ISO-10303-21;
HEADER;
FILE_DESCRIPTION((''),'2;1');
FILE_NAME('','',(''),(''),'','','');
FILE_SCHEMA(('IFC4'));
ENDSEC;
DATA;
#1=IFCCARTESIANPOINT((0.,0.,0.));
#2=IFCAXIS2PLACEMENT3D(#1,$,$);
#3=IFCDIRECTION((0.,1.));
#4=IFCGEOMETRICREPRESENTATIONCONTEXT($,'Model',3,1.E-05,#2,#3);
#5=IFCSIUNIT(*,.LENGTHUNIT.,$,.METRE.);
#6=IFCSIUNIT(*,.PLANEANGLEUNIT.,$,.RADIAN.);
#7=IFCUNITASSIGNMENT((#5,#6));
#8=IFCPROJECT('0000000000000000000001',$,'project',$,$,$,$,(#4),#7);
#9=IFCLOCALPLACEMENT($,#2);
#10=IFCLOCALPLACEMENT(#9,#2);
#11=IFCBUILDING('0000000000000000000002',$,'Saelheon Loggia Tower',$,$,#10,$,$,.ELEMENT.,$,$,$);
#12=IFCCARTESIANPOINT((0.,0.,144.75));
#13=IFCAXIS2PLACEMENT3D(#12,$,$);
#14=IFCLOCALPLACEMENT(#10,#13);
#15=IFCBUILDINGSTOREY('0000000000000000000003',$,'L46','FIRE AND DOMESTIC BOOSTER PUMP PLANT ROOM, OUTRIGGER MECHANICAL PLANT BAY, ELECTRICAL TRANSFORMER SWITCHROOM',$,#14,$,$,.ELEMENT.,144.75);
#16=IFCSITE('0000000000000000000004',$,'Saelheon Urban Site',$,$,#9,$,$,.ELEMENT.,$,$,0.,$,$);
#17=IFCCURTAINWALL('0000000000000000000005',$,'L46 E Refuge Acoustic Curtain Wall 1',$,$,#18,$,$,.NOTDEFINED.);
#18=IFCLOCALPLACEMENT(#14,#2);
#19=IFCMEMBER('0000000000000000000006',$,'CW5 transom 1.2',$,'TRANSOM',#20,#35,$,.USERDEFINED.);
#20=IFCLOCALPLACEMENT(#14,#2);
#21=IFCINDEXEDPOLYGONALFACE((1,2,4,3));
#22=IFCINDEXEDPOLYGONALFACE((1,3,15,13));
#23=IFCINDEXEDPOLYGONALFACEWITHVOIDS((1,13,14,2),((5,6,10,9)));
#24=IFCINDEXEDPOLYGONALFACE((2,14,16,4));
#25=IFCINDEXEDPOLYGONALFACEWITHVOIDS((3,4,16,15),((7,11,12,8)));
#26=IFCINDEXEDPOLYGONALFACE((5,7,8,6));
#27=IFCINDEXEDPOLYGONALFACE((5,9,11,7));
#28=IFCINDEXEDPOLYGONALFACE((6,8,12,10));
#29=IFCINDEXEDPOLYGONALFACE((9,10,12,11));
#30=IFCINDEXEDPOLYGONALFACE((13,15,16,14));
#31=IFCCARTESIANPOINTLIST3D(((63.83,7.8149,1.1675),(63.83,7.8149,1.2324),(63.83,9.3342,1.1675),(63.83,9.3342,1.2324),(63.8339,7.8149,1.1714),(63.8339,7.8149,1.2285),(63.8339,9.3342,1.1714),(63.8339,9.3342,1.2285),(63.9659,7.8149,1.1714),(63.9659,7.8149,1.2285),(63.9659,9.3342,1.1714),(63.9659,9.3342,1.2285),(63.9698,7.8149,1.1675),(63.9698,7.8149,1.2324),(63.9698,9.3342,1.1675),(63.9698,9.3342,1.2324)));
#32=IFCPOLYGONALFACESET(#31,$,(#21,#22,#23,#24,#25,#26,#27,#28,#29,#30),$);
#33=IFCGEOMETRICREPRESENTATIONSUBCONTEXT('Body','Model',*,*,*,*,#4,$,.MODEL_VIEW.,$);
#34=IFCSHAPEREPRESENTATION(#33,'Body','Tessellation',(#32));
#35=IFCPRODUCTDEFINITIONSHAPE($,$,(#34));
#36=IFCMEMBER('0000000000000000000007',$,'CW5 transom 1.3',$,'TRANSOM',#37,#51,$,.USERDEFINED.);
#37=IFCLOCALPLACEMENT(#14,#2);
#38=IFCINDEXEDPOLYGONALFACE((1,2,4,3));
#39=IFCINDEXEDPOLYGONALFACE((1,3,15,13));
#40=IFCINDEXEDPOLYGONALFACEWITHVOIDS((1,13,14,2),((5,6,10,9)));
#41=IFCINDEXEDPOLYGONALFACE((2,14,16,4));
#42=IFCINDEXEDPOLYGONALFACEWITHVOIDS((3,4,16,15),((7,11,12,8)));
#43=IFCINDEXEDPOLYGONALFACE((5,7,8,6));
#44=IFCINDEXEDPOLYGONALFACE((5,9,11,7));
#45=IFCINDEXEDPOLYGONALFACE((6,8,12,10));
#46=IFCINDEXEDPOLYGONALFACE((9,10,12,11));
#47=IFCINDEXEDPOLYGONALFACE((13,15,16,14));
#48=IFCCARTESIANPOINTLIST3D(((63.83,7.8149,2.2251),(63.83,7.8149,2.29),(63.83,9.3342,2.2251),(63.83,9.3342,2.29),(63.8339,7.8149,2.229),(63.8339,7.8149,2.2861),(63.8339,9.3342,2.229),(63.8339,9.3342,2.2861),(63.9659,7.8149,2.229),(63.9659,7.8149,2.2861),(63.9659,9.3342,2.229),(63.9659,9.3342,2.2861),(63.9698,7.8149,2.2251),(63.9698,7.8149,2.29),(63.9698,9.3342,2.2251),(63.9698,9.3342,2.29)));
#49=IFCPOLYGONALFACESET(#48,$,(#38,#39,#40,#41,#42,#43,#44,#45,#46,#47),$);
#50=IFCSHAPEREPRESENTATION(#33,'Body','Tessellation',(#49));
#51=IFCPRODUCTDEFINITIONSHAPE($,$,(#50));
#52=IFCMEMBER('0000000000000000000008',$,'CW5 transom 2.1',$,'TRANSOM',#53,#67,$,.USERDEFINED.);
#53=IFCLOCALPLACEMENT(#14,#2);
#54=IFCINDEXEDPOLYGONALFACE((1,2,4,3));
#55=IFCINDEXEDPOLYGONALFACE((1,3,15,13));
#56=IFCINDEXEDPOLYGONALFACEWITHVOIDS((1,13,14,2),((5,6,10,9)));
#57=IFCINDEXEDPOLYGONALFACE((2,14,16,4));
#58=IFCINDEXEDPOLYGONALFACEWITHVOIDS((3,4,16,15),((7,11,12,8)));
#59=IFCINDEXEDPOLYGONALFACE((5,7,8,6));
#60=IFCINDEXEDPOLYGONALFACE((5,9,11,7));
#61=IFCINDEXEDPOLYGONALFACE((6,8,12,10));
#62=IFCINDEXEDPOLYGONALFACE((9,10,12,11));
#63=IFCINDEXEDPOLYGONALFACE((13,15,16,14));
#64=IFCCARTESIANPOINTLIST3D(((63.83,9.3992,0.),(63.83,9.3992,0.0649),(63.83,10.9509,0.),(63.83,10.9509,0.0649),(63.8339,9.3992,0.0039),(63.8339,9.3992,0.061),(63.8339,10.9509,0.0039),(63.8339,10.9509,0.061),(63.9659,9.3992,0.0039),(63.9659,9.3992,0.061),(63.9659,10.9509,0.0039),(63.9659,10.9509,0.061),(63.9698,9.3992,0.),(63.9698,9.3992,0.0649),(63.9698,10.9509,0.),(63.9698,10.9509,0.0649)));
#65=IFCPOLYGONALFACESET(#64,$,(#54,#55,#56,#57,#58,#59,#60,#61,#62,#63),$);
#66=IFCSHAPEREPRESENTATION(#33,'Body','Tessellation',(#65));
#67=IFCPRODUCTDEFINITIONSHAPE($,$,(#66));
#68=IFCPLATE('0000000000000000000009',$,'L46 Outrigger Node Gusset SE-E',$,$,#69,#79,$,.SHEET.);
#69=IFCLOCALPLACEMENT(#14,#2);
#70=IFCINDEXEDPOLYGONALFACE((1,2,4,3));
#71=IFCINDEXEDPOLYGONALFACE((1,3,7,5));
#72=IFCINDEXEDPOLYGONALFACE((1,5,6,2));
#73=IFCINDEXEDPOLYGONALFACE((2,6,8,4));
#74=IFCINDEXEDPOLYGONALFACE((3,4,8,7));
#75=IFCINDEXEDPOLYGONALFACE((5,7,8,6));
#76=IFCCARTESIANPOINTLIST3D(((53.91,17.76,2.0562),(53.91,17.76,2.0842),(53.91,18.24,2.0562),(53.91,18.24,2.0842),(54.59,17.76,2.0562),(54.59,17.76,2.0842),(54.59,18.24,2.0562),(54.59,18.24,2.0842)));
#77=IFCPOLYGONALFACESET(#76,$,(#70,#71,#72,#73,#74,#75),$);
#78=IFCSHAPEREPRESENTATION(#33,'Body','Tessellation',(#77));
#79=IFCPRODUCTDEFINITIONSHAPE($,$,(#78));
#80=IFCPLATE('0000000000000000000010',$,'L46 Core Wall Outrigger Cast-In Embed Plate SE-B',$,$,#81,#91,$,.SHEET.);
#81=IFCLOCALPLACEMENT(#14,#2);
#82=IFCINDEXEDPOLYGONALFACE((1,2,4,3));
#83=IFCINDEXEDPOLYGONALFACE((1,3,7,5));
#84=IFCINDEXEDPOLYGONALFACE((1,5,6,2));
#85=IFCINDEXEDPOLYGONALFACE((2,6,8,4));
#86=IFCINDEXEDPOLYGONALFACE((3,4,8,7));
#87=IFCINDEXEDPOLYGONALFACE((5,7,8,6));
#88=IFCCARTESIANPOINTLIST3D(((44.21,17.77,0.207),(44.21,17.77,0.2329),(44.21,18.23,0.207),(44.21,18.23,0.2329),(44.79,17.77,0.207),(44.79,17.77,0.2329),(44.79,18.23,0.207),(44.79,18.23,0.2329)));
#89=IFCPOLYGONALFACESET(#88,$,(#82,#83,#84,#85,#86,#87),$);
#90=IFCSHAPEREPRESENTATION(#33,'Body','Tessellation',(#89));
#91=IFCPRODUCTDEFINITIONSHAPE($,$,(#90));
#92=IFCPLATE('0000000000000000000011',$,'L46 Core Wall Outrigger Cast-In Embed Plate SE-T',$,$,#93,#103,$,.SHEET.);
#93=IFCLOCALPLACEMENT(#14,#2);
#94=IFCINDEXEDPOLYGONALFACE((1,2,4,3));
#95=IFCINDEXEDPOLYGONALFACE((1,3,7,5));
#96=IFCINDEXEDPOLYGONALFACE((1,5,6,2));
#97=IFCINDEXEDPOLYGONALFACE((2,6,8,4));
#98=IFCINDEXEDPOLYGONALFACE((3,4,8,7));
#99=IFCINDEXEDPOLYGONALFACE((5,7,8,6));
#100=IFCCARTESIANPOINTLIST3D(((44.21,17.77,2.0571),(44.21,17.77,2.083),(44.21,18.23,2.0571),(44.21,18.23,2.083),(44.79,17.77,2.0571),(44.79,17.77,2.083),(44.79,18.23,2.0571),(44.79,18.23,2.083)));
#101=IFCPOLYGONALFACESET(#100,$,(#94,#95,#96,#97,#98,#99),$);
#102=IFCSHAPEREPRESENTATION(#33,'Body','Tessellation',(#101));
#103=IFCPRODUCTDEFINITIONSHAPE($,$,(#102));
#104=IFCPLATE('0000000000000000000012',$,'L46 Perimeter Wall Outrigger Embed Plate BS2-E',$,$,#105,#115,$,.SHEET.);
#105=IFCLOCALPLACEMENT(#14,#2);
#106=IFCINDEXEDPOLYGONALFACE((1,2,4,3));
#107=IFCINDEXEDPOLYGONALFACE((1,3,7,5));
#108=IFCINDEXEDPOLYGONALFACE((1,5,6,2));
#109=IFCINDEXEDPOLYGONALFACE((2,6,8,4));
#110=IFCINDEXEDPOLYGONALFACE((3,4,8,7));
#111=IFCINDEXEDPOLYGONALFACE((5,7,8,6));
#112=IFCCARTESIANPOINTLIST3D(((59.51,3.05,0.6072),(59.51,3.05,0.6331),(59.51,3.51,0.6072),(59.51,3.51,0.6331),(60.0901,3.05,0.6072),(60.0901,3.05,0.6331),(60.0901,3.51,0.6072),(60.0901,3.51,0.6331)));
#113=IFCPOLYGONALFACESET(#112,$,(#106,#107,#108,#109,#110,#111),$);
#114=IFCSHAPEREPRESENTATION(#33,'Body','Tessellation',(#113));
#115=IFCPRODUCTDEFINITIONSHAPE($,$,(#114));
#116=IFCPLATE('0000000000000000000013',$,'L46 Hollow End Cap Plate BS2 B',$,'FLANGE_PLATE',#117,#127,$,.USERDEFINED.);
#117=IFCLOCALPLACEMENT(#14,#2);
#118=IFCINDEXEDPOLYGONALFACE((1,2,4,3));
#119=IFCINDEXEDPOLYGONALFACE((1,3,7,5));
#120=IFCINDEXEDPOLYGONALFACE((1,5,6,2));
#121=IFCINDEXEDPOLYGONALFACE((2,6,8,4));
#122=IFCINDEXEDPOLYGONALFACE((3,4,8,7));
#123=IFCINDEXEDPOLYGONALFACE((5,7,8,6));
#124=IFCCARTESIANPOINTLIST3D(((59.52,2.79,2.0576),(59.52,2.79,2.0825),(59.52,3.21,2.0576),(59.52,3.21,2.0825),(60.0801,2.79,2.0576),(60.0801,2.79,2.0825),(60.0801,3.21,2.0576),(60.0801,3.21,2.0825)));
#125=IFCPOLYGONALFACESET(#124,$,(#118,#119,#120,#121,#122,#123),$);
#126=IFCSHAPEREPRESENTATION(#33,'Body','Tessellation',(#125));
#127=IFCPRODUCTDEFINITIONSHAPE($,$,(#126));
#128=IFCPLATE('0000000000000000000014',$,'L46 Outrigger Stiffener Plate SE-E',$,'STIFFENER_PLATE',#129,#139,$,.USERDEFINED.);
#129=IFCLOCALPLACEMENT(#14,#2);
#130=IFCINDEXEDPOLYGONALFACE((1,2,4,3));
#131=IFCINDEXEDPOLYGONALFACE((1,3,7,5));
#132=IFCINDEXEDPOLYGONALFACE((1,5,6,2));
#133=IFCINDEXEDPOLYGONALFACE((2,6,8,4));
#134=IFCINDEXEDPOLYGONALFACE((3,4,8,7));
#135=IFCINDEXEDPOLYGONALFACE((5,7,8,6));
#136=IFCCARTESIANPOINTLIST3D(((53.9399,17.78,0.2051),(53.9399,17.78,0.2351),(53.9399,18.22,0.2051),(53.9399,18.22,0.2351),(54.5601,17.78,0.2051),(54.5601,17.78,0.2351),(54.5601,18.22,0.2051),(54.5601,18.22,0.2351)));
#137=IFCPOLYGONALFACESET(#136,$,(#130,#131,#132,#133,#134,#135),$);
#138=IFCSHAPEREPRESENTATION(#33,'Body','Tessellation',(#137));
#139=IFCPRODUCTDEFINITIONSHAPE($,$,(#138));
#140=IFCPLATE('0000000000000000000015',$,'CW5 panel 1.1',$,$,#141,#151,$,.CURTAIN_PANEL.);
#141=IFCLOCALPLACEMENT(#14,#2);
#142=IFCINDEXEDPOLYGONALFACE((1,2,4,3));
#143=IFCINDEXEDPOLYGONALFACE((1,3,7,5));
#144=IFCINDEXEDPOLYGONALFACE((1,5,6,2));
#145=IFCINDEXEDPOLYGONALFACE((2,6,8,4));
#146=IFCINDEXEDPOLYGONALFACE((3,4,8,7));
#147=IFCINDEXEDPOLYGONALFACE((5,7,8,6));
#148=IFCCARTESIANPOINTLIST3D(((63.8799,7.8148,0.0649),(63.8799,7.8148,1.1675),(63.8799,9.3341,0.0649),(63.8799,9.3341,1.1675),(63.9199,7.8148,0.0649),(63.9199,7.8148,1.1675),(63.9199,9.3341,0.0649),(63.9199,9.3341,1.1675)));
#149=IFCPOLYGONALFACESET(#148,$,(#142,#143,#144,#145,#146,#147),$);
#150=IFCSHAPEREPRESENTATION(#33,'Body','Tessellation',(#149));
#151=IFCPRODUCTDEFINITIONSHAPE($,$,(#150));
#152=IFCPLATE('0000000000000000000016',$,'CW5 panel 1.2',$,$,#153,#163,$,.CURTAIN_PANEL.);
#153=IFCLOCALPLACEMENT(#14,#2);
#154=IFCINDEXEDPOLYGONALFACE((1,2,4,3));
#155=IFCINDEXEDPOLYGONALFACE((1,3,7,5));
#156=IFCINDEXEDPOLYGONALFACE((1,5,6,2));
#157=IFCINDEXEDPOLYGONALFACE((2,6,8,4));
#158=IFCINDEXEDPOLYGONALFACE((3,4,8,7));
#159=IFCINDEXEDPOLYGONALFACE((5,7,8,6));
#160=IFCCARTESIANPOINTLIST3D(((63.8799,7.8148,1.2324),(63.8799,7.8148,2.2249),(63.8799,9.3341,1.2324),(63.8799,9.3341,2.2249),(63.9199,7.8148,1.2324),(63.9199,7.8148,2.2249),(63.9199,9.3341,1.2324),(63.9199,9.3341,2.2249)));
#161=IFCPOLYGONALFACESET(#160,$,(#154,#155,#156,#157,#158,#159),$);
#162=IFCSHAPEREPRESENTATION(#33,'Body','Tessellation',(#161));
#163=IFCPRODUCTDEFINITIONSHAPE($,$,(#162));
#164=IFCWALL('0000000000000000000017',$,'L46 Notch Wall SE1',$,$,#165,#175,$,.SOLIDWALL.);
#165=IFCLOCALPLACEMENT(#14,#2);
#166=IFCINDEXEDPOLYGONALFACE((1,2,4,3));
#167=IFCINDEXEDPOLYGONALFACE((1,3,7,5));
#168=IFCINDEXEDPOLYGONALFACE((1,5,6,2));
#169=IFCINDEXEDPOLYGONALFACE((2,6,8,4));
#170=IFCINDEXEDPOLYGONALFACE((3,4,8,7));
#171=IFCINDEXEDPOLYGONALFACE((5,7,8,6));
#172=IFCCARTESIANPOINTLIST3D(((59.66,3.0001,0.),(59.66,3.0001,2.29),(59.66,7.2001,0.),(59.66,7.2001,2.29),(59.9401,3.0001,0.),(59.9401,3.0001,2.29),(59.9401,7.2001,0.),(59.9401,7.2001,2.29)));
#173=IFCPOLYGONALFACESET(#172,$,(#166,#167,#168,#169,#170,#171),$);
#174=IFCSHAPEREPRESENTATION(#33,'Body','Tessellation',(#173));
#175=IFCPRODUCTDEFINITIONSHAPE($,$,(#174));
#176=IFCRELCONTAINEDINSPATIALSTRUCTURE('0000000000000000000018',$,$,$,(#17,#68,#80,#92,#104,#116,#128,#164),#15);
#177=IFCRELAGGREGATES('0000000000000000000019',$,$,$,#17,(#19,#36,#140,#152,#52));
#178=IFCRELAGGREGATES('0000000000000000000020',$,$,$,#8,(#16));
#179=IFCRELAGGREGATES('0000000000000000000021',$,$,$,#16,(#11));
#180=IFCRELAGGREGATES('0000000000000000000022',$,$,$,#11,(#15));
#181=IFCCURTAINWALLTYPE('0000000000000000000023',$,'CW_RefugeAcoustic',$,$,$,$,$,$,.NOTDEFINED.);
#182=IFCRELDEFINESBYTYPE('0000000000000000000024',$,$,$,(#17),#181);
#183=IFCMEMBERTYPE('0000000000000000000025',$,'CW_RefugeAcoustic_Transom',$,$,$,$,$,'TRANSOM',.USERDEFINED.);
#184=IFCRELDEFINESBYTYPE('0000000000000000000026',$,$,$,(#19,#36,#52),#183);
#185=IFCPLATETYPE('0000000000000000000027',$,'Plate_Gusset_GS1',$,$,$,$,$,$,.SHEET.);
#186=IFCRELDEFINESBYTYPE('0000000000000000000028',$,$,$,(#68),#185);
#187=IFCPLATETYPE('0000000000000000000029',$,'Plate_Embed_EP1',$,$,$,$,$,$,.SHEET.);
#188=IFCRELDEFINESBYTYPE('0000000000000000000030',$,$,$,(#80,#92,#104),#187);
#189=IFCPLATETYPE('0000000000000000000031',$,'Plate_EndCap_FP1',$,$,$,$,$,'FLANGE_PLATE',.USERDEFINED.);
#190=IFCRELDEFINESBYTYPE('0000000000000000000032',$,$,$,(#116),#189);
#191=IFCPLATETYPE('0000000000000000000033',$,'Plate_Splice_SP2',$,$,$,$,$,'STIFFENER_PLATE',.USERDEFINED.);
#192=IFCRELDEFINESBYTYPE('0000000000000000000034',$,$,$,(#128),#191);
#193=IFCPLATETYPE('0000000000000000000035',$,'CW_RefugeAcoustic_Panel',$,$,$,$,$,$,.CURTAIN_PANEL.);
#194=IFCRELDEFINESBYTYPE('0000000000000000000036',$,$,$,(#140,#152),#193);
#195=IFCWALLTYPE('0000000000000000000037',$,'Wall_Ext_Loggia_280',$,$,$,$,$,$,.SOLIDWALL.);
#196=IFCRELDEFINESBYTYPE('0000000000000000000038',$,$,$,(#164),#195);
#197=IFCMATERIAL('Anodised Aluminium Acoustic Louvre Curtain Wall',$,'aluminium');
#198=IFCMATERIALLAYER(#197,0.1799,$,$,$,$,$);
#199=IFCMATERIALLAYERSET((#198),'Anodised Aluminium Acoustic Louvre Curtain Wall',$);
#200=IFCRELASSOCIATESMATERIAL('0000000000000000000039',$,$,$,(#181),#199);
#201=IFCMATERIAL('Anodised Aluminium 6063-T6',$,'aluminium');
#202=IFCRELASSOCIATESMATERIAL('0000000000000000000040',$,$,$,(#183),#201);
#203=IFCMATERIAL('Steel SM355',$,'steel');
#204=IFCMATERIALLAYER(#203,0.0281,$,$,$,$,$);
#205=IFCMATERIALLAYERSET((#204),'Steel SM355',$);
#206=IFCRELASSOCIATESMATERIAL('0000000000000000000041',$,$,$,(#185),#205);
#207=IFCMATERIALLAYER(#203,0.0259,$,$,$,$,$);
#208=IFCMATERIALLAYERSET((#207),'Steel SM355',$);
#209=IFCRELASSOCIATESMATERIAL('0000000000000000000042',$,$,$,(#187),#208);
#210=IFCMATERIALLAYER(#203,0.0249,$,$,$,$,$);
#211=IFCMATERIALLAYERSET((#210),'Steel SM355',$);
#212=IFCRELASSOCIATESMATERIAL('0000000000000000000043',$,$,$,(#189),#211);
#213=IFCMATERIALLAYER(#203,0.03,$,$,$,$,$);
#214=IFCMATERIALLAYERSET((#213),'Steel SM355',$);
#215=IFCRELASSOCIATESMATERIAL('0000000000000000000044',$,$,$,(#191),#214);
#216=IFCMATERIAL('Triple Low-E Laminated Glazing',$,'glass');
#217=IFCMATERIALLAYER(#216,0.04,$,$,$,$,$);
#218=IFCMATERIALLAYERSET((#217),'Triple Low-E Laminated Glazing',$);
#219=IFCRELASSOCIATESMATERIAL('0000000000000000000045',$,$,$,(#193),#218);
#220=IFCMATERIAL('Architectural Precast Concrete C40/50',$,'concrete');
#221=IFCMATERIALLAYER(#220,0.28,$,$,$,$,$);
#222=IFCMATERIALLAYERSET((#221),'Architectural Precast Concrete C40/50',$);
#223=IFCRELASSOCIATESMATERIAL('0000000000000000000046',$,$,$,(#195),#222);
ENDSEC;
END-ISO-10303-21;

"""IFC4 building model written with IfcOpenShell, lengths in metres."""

from ifc_helpers import new_model, si_unit, direction, frame, frame_2d, origin, origin_2d, place, context, subcontext, project, spatial, rectangle, hollow_rectangle, extrude, source, transform, mapped, material, layer, layer_set, material_profile, profile_set, type_object, element, aggregate, save


model = new_model("IFC4")

# Units and contexts
model_context = context("Model", 3, precision=1e-05, world=origin(), true_north=direction((0.0, 1.0)))
body_context = subcontext(model_context, "Body", "Model", "MODEL_VIEW")
ifc_project = project(units=[si_unit("LENGTHUNIT", "METRE"), si_unit("PLANEANGLEUNIT", "RADIAN")], contexts=[model_context])

# Site, building, storey
site_placement = place(None, origin())
site = spatial("IfcSite", under=ifc_project, at=site_placement, Name="Saelheon Urban Site", CompositionType="ELEMENT", RefElevation=0.0)
building_placement = place(site_placement, origin())
building = spatial("IfcBuilding", under=site, at=building_placement, Name="Saelheon Loggia Tower", CompositionType="ELEMENT")
storey_placement = place(building_placement, frame((0.0, 0.0, 144.75)))
storey = spatial("IfcBuildingStorey", under=building, at=storey_placement, Name="L46", Description="FIRE AND DOMESTIC BOOSTER PUMP PLANT ROOM, OUTRIGGER MECHANICAL PLANT BAY, ELECTRICAL TRANSFORMER SWITCHROOM", CompositionType="ELEMENT", Elevation=144.75)

# Shared definitions
ifc_material_1 = material(Name="Steel SM355", Category="steel")

# Curtain wall, members
ifc_material_2 = material(Name="Anodised Aluminium Acoustic Louvre Curtain Wall", Category="aluminium")
ifc_layer_1 = layer(ifc_material_2, 0.1799)
ifc_layer_set_1 = layer_set([ifc_layer_1], Name="Anodised Aluminium Acoustic Louvre Curtain Wall")
curtain_wall_type = type_object("IfcCurtainWallType", Name="CW_RefugeAcoustic", PredefinedType="NOTDEFINED", material=ifc_layer_set_1)
curtain_wall_placement = place(storey_placement, origin())
curtain_wall = element("IfcCurtainWall", 1, at=curtain_wall_placement, inside=storey, type_object=curtain_wall_type, Name="L46 E Refuge Acoustic Curtain Wall 1", PredefinedType="NOTDEFINED")
ifc_material_3 = material(Name="Anodised Aluminium 6063-T6", Category="aluminium")
ifc_material_profile_1 = material_profile(ifc_material_3, hollow_rectangle(XDim=0.0649, YDim=0.1399, WallThickness=0.0039, at=origin_2d()), Name="RHS-140x65x4")
ifc_profile_set_1 = profile_set([ifc_material_profile_1], Name="Anodised Aluminium 6063-T6")
member_type_1 = type_object("IfcMemberType", Name="CW_RefugeAcoustic_Transom", ElementType="TRANSOM", PredefinedType="USERDEFINED", material=ifc_profile_set_1)
shared_shape_1 = source(origin(), body_context, "Body", "SweptSolid", [
    extrude(hollow_rectangle(XDim=0.0649, YDim=0.1399, WallThickness=0.0039, at=origin_2d()), origin(), (0.0, 0.0, 1.0), 1.5193),
])
member_1_placement = place(storey_placement, frame((63.8999, 7.8149, 1.2), z_axis=(0.0, 1.0, 0.0), x_axis=(0.0, 0.0, 1.0)))
member_1 = element("IfcMember", 2, at=member_1_placement, type_object=member_type_1, Name="CW5 transom 1.2", ObjectType="TRANSOM", PredefinedType="USERDEFINED", context=body_context, shape_type="MappedRepresentation", body=[
    mapped(shared_shape_1, transform((0.0, 0.0, 0.0), scale=1.0)),
])
member_2_placement = place(storey_placement, frame((63.8999, 7.8149, 2.2576), z_axis=(0.0, 1.0, 0.0), x_axis=(0.0, 0.0, 1.0)))
member_2 = element("IfcMember", 3, at=member_2_placement, type_object=member_type_1, Name="CW5 transom 1.3", ObjectType="TRANSOM", PredefinedType="USERDEFINED", context=body_context, shape_type="MappedRepresentation", body=[
    mapped(shared_shape_1, transform((0.0, 0.0, 0.0), scale=1.0)),
])
shared_shape_2 = source(origin(), body_context, "Body", "SweptSolid", [
    extrude(hollow_rectangle(XDim=0.0649, YDim=0.1399, WallThickness=0.0039, at=origin_2d()), origin(), (0.0, 0.0, 1.0), 1.5518),
])
member_3_placement = place(storey_placement, frame((63.8999, 9.3992, 0.0325), z_axis=(0.0, 1.0, 0.0), x_axis=(0.0, 0.0, 1.0)))
member_3 = element("IfcMember", 4, at=member_3_placement, type_object=member_type_1, Name="CW5 transom 2.1", ObjectType="TRANSOM", PredefinedType="USERDEFINED", context=body_context, shape_type="MappedRepresentation", body=[
    mapped(shared_shape_2, transform((0.0, 0.0, 0.0), scale=1.0)),
])

# Plates
ifc_layer_2 = layer(ifc_material_1, 0.0281)
ifc_layer_set_2 = layer_set([ifc_layer_2], Name="Steel SM355")
plate_type_1 = type_object("IfcPlateType", Name="Plate_Gusset_GS1", PredefinedType="SHEET", material=ifc_layer_set_2)
shared_shape_3 = source(origin(), body_context, "Body", "SweptSolid", [
    extrude(rectangle(XDim=0.6799, YDim=0.48, at=origin_2d()), origin(), (0.0, 0.0, 1.0), 0.0281),
])
plate_1_placement = place(storey_placement, frame((54.25, 18.0, 2.0562), z_axis=(0.0, 0.0, 1.0), x_axis=(1.0, 0.0, 0.0)))
element("IfcPlate", 5, at=plate_1_placement, inside=storey, type_object=plate_type_1, Name="L46 Outrigger Node Gusset SE-E", PredefinedType="SHEET", context=body_context, shape_type="MappedRepresentation", body=[
    mapped(shared_shape_3, transform((0.0, 0.0, 0.0), scale=1.0)),
])
ifc_layer_3 = layer(ifc_material_1, 0.0259)
ifc_layer_set_3 = layer_set([ifc_layer_3], Name="Steel SM355")
plate_type_2 = type_object("IfcPlateType", Name="Plate_Embed_EP1", PredefinedType="SHEET", material=ifc_layer_set_3)
shared_shape_4 = source(origin(), body_context, "Body", "SweptSolid", [
    extrude(rectangle(XDim=0.5801, YDim=0.46, at=origin_2d()), origin(), (0.0, 0.0, 1.0), 0.0259),
])
for number, where, z_axis, x_axis, name in (
    (6, (44.5, 18.0, 0.207), (0.0, 0.0, 1.0), (1.0, 0.0, 0.0), "L46 Core Wall Outrigger Cast-In Embed Plate SE-B"),
    (7, (44.5, 18.0, 2.0571), (0.0, 0.0, 1.0), (1.0, 0.0, 0.0), "L46 Core Wall Outrigger Cast-In Embed Plate SE-T"),
    (8, (59.8, 3.28, 0.6072), (0.0, 0.0, 1.0), (1.0, 0.0, 0.0), "L46 Perimeter Wall Outrigger Embed Plate BS2-E"),
):
    element("IfcPlate", number, at=place(storey_placement, frame(where, z_axis=z_axis, x_axis=x_axis)), inside=storey, type_object=plate_type_2, Name=name, PredefinedType="SHEET", context=body_context, shape_type="MappedRepresentation", body=[
        mapped(shared_shape_4, transform((0.0, 0.0, 0.0), scale=1.0)),
    ])
ifc_layer_4 = layer(ifc_material_1, 0.0249)
ifc_layer_set_4 = layer_set([ifc_layer_4], Name="Steel SM355")
plate_type_3 = type_object("IfcPlateType", Name="Plate_EndCap_FP1", ElementType="FLANGE_PLATE", PredefinedType="USERDEFINED", material=ifc_layer_set_4)
shared_shape_5 = source(origin(), body_context, "Body", "SweptSolid", [
    extrude(rectangle(XDim=0.5601, YDim=0.4199, at=origin_2d()), origin(), (0.0, 0.0, 1.0), 0.0249),
])
plate_2_placement = place(storey_placement, frame((59.8, 3.0, 2.0576), z_axis=(0.0, 0.0, 1.0), x_axis=(1.0, 0.0, 0.0)))
element("IfcPlate", 9, at=plate_2_placement, inside=storey, type_object=plate_type_3, Name="L46 Hollow End Cap Plate BS2 B", ObjectType="FLANGE_PLATE", PredefinedType="USERDEFINED", context=body_context, shape_type="MappedRepresentation", body=[
    mapped(shared_shape_5, transform((0.0, 0.0, 0.0), scale=1.0)),
])
ifc_layer_5 = layer(ifc_material_1, 0.03)
ifc_layer_set_5 = layer_set([ifc_layer_5], Name="Steel SM355")
plate_type_4 = type_object("IfcPlateType", Name="Plate_Splice_SP2", ElementType="STIFFENER_PLATE", PredefinedType="USERDEFINED", material=ifc_layer_set_5)
shared_shape_6 = source(origin(), body_context, "Body", "SweptSolid", [
    extrude(rectangle(XDim=0.6201, YDim=0.4399, at=origin_2d()), origin(), (0.0, 0.0, 1.0), 0.03),
])
plate_3_placement = place(storey_placement, frame((54.25, 18.0, 0.2051), z_axis=(0.0, 0.0, 1.0), x_axis=(1.0, 0.0, 0.0)))
element("IfcPlate", 10, at=plate_3_placement, inside=storey, type_object=plate_type_4, Name="L46 Outrigger Stiffener Plate SE-E", ObjectType="STIFFENER_PLATE", PredefinedType="USERDEFINED", context=body_context, shape_type="MappedRepresentation", body=[
    mapped(shared_shape_6, transform((0.0, 0.0, 0.0), scale=1.0)),
])

# Plates
ifc_material_4 = material(Name="Triple Low-E Laminated Glazing", Category="glass")
ifc_layer_6 = layer(ifc_material_4, 0.04)
ifc_layer_set_6 = layer_set([ifc_layer_6], Name="Triple Low-E Laminated Glazing")
plate_type_5 = type_object("IfcPlateType", Name="CW_RefugeAcoustic_Panel", PredefinedType="CURTAIN_PANEL", material=ifc_layer_set_6)
shared_shape_7 = source(origin(), body_context, "Body", "SweptSolid", [
    extrude(rectangle(XDim=1.5193, YDim=0.04, at=origin_2d()), origin(), (0.0, 0.0, 1.0), 1.1025),
])
plate_4_placement = place(storey_placement, frame((63.8999, 8.5745, 0.0649), z_axis=(0.0, 0.0, 1.0), x_axis=(0.0, 1.0, 0.0)))
plate_4 = element("IfcPlate", 11, at=plate_4_placement, type_object=plate_type_5, Name="CW5 panel 1.1", PredefinedType="CURTAIN_PANEL", context=body_context, shape_type="MappedRepresentation", body=[
    mapped(shared_shape_7, transform((0.0, 0.0, 0.0), scale=1.0)),
])
shared_shape_8 = source(origin(), body_context, "Body", "SweptSolid", [
    extrude(rectangle(XDim=1.5193, YDim=0.04, at=origin_2d()), origin(), (0.0, 0.0, 1.0), 0.9924),
])
plate_5_placement = place(storey_placement, frame((63.8999, 8.5745, 1.2324), z_axis=(0.0, 0.0, 1.0), x_axis=(0.0, 1.0, 0.0)))
plate_5 = element("IfcPlate", 12, at=plate_5_placement, type_object=plate_type_5, Name="CW5 panel 1.2", PredefinedType="CURTAIN_PANEL", context=body_context, shape_type="MappedRepresentation", body=[
    mapped(shared_shape_8, transform((0.0, 0.0, 0.0), scale=1.0)),
])
aggregate(curtain_wall, [member_1, member_2, plate_4, plate_5, member_3])

# Wall
ifc_material_5 = material(Name="Architectural Precast Concrete C40/50", Category="concrete")
ifc_layer_7 = layer(ifc_material_5, 0.28)
ifc_layer_set_7 = layer_set([ifc_layer_7], Name="Architectural Precast Concrete C40/50")
wall_type_1 = type_object("IfcWallType", Name="Wall_Ext_Loggia_280", PredefinedType="SOLIDWALL", material=ifc_layer_set_7)
for number, where, z_axis, x_axis, name in (
    (13, (59.8, 3.0, 0.0), (0.0, 0.0, 1.0), (0.0, 1.0, 0.0), "L46 Notch Wall SE1"),
):
    element("IfcWall", number, at=place(storey_placement, frame(where, z_axis=z_axis, x_axis=x_axis)), inside=storey, type_object=wall_type_1, Name=name, PredefinedType="SOLIDWALL", context=body_context, shape_type="SweptSolid", body=[
        extrude(rectangle(XDim=4.2, YDim=0.28, at=frame_2d((2.1001, 0.0))), origin(), (0.0, 0.0, 1.0), 2.29),
    ])

save(model, "model.ifc")
